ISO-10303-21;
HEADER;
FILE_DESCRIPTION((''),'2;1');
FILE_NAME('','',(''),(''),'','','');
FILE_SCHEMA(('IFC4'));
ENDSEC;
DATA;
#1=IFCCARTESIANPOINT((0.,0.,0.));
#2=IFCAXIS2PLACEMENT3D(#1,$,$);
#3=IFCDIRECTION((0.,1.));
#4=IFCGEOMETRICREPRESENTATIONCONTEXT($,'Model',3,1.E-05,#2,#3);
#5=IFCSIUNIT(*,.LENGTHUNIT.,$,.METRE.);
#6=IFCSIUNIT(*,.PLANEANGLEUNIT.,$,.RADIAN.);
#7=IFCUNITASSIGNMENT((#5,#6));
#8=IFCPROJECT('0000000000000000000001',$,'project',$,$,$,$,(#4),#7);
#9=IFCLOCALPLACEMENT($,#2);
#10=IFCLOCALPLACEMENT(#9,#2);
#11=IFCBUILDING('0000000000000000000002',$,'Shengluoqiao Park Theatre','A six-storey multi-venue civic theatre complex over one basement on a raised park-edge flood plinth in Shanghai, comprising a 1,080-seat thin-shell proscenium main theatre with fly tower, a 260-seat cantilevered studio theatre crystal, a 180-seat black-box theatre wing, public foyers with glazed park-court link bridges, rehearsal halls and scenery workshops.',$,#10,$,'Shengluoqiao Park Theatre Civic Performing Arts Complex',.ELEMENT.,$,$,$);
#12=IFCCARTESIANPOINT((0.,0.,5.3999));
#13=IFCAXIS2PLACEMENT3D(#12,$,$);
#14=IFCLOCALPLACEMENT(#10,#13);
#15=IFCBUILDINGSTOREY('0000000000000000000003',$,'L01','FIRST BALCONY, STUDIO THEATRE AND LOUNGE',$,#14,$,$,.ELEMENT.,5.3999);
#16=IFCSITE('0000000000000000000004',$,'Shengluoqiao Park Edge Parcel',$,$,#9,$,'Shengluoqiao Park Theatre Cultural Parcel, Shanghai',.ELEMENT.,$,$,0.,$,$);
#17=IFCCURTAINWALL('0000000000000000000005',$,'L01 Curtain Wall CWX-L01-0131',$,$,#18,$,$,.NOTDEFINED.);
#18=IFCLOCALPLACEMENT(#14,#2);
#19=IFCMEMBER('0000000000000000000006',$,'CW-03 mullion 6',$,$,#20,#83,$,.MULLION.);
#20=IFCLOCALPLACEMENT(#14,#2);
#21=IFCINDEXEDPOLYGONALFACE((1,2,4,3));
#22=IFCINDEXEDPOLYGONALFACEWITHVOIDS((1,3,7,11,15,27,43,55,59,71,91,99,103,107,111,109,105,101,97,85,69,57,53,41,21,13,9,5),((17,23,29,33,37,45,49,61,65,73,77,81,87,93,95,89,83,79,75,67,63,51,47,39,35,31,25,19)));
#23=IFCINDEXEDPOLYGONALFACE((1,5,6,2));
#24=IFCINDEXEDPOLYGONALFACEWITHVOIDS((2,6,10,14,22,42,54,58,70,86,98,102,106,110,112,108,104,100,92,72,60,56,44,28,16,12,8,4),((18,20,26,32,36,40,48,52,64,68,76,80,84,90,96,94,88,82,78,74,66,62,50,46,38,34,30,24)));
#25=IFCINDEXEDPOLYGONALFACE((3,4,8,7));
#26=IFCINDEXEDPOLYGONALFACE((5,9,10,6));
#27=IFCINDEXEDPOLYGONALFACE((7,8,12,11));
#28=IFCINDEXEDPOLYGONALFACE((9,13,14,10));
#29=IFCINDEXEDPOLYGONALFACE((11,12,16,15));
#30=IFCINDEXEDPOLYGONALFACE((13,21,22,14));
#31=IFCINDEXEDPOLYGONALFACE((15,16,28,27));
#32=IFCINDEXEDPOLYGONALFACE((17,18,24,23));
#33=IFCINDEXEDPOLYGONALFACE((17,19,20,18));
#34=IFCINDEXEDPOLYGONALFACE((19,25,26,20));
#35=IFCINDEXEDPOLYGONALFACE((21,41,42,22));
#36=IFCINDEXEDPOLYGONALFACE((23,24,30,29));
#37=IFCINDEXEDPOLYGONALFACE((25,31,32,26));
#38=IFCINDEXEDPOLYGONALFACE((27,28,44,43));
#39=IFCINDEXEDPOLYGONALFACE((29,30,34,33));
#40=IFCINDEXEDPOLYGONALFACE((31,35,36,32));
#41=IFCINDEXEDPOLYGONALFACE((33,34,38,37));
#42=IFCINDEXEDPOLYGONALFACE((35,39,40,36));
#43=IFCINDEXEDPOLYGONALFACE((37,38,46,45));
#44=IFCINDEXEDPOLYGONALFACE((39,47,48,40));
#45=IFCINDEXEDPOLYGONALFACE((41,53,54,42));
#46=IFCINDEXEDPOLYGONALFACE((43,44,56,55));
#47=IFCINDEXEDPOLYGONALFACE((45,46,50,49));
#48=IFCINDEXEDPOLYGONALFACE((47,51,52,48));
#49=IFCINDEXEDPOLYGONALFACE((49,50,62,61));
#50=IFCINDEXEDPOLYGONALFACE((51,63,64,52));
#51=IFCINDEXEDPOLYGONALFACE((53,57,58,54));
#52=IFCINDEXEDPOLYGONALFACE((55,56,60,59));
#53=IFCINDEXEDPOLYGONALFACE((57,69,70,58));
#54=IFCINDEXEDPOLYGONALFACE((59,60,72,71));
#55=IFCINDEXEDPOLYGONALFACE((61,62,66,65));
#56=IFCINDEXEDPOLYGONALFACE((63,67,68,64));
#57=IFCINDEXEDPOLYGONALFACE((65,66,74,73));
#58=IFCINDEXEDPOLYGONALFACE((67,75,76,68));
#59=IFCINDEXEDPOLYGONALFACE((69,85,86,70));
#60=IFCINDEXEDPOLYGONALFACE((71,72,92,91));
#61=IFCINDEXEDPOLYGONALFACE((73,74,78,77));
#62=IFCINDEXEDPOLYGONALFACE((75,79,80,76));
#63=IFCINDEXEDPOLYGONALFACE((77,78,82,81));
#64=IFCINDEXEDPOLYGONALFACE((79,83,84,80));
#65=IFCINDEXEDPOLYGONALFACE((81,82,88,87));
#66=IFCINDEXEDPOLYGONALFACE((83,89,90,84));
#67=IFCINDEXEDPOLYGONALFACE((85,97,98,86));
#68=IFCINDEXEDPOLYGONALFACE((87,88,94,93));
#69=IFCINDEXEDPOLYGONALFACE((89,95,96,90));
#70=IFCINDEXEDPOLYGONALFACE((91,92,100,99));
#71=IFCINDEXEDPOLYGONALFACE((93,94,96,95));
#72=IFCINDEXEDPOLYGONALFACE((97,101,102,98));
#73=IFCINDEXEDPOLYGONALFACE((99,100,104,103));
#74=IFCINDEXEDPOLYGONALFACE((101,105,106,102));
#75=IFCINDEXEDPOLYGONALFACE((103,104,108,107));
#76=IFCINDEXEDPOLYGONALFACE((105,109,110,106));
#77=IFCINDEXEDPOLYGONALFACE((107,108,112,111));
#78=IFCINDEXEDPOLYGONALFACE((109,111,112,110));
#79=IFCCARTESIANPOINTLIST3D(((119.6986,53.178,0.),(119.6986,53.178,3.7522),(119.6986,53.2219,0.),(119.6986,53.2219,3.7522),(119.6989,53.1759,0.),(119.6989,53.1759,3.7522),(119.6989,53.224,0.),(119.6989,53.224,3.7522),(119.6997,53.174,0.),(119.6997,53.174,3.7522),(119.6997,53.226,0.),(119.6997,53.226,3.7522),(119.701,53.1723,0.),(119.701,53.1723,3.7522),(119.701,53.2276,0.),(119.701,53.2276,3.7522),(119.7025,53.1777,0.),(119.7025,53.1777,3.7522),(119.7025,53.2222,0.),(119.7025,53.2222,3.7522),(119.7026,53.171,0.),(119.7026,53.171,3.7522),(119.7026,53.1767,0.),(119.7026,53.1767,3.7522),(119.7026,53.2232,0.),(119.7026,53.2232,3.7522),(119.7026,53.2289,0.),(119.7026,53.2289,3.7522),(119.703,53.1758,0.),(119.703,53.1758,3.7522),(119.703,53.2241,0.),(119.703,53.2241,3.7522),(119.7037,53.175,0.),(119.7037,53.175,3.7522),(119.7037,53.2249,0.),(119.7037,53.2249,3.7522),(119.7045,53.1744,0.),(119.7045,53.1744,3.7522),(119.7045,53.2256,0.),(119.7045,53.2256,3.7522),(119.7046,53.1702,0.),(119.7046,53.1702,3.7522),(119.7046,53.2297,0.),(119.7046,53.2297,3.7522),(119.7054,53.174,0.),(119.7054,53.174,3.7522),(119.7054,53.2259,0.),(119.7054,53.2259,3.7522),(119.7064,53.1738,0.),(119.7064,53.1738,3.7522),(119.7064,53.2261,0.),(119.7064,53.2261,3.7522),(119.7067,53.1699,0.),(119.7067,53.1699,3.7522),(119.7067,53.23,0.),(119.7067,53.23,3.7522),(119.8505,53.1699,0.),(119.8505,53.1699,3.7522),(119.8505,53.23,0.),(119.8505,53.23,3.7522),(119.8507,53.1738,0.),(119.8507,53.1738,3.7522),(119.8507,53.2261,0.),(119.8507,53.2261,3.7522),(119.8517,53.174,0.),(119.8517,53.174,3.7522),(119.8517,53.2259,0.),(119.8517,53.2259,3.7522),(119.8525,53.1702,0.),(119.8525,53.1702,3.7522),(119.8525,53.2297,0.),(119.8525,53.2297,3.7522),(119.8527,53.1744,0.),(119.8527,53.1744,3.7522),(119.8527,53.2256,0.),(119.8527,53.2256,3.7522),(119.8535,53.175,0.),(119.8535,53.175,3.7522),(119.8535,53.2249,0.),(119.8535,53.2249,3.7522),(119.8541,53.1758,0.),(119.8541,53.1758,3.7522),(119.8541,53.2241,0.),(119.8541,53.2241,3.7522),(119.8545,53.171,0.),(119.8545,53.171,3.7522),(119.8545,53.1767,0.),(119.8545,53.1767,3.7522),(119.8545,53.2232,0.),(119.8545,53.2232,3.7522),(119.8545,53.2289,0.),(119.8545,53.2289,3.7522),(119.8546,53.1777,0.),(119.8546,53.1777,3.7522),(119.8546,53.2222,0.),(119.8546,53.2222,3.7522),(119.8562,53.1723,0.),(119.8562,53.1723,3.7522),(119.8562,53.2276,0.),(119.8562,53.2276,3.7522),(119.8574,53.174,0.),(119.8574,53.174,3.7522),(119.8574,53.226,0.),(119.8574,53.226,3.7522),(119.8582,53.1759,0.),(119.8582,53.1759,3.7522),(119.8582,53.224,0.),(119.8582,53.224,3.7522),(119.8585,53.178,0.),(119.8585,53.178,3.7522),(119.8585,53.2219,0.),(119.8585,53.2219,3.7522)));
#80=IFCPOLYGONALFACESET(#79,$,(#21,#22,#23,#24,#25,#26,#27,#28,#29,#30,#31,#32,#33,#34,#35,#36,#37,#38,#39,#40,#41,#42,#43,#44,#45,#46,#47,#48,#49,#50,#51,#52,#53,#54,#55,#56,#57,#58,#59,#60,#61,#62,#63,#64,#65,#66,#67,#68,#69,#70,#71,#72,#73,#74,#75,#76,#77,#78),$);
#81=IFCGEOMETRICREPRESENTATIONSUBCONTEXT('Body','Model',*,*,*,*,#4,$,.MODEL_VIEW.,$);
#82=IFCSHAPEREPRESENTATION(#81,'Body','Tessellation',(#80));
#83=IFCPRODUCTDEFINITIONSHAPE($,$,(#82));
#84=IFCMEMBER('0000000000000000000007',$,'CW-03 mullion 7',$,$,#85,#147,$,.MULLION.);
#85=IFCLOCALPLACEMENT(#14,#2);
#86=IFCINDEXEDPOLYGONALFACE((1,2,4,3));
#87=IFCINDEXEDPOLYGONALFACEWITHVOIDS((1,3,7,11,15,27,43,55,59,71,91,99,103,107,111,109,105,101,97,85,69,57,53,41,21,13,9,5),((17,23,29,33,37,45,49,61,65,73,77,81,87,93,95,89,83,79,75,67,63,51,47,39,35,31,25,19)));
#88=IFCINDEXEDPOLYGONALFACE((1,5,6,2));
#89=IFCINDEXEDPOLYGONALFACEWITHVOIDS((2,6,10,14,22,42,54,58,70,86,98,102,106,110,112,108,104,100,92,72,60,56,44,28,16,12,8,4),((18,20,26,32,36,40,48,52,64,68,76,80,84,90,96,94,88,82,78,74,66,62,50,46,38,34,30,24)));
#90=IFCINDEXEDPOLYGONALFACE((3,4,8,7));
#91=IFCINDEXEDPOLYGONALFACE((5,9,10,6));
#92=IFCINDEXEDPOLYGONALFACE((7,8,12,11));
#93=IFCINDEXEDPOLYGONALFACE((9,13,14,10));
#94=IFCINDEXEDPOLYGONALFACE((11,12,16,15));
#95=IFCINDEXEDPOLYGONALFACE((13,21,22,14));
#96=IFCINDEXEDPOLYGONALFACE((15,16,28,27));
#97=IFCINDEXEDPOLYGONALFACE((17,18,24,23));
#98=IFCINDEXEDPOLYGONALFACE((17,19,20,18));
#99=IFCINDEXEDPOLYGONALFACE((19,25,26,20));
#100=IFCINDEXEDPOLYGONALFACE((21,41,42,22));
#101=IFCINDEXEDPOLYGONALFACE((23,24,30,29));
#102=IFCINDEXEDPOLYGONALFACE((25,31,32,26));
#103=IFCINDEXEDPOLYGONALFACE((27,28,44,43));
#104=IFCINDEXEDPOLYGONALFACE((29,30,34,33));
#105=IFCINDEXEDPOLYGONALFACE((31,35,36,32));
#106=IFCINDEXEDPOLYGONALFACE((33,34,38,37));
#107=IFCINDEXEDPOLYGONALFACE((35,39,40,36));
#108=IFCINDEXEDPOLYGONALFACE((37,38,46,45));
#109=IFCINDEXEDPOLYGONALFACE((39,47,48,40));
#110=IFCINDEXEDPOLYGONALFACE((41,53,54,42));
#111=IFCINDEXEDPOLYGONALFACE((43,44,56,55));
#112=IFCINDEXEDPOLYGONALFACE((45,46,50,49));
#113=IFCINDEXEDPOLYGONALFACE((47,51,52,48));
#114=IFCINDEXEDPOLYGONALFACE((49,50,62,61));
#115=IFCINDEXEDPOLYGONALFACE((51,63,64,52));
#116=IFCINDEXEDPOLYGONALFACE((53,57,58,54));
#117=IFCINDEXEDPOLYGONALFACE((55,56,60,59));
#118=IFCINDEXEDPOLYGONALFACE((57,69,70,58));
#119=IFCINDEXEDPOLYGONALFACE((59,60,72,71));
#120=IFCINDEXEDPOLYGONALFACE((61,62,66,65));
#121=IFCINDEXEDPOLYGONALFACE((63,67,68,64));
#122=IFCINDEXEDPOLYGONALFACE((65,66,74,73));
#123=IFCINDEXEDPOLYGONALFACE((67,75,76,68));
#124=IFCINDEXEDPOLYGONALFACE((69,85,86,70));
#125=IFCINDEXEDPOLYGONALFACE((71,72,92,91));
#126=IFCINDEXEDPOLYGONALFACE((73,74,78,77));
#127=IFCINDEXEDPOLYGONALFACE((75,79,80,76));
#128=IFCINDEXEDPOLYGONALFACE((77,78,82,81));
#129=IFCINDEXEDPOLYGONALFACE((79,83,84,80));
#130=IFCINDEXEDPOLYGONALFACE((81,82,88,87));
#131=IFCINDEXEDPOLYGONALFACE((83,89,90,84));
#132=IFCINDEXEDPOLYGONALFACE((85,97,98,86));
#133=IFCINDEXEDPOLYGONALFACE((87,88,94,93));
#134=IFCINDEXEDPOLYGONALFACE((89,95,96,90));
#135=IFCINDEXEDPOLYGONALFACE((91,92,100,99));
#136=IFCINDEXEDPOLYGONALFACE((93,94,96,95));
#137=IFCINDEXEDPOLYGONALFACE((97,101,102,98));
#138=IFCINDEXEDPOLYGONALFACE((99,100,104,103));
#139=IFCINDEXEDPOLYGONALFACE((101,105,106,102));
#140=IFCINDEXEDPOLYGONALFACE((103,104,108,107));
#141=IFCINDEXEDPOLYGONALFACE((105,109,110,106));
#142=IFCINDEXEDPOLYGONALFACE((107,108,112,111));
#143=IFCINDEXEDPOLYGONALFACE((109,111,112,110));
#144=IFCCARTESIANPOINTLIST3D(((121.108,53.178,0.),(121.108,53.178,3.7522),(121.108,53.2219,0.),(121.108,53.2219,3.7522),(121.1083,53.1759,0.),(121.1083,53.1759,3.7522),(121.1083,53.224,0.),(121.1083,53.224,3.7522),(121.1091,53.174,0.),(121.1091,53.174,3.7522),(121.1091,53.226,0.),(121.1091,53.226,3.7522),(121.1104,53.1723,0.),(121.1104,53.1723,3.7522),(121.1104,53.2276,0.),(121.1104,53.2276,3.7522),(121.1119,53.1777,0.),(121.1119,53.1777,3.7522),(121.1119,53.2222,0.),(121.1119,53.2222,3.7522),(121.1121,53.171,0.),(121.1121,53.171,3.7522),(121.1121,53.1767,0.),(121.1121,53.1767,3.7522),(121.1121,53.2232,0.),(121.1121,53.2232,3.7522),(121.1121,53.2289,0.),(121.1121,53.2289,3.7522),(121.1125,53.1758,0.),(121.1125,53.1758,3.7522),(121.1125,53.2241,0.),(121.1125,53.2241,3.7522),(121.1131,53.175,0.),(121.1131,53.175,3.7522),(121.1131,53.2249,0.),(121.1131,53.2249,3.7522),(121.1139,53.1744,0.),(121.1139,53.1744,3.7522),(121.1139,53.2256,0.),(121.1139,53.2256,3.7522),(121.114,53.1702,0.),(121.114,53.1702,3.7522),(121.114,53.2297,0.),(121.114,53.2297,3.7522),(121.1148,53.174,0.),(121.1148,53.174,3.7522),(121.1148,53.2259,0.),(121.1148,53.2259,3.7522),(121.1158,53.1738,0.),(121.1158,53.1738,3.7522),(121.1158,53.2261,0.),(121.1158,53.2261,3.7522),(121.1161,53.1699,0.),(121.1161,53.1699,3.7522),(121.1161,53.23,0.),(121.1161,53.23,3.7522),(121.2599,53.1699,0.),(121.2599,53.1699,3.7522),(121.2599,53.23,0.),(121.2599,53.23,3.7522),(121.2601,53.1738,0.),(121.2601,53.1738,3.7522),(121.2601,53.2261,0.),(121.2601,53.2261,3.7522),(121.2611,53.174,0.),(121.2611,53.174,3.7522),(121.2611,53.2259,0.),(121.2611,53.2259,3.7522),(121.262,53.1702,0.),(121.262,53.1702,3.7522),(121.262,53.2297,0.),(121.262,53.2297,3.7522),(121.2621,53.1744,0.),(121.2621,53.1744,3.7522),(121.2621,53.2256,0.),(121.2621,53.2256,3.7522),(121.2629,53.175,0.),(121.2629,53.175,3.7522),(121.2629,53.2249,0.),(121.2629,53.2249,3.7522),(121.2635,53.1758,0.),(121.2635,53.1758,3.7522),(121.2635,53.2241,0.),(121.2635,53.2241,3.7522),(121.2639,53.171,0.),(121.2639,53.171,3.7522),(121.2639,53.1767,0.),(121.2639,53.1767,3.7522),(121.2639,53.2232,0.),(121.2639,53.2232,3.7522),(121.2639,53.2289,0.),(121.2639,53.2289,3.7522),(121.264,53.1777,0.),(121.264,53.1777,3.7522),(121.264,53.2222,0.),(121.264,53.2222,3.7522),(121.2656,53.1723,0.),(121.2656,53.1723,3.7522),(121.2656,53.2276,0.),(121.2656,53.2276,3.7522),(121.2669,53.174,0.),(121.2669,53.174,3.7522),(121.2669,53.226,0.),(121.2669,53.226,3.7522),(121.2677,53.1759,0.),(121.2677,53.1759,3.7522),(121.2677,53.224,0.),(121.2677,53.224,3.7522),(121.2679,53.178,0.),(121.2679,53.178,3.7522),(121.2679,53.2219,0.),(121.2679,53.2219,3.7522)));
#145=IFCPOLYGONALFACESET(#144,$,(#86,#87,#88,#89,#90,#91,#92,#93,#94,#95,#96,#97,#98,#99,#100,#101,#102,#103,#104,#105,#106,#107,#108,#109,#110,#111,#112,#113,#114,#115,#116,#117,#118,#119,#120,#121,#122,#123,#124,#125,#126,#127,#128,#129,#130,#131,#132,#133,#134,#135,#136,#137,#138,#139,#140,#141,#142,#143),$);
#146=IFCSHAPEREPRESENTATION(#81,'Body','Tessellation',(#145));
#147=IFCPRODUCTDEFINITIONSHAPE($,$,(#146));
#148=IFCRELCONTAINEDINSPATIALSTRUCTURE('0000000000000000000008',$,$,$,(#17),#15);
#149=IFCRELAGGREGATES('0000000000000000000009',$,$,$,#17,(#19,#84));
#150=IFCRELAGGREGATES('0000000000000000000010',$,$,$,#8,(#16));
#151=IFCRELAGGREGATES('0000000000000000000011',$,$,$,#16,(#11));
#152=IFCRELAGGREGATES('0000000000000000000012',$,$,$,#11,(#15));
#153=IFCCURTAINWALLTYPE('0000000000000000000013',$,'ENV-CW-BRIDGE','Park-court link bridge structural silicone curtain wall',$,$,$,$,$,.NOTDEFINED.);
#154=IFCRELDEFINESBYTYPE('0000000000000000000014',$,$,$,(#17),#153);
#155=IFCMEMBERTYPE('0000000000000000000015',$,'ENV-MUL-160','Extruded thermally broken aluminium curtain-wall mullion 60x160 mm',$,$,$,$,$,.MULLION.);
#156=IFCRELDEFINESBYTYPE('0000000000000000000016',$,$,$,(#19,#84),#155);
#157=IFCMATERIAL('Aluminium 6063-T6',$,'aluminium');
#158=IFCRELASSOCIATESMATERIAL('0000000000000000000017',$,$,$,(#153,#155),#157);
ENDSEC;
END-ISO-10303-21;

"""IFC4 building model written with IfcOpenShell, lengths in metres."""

from ifc_helpers import new_model, si_unit, direction, frame, origin, origin_2d, place, context, subcontext, project, spatial, hollow_rectangle, extrude, material, material_profile, profile_set, type_object, element, aggregate, save


model = new_model("IFC4")

# Units and contexts
model_context = context("Model", 3, precision=1e-05, world=origin(), true_north=direction((0.0, 1.0)))
body_context = subcontext(model_context, "Body", "Model", "MODEL_VIEW")
ifc_project = project(units=[si_unit("LENGTHUNIT", "METRE"), si_unit("PLANEANGLEUNIT", "RADIAN")], contexts=[model_context])

# Site, building, storey
site_placement = place(None, origin())
site = spatial("IfcSite", under=ifc_project, at=site_placement, Name="Shengluoqiao Park Edge Parcel", LongName="Shengluoqiao Park Theatre Cultural Parcel, Shanghai", CompositionType="ELEMENT", RefElevation=0.0)
building_placement = place(site_placement, origin())
building = spatial("IfcBuilding", under=site, at=building_placement, Name="Shengluoqiao Park Theatre", Description="A six-storey multi-venue civic theatre complex over one basement on a raised park-edge flood plinth in Shanghai, comprising a 1,080-seat thin-shell proscenium main theatre with fly tower, a 260-seat cantilevered studio theatre crystal, a 180-seat black-box theatre wing, public foyers with glazed park-court link bridges, rehearsal halls and scenery workshops.", LongName="Shengluoqiao Park Theatre Civic Performing Arts Complex", CompositionType="ELEMENT")
storey_placement = place(building_placement, frame((0.0, 0.0, 5.3999)))
storey = spatial("IfcBuildingStorey", under=building, at=storey_placement, Name="L01", Description="FIRST BALCONY, STUDIO THEATRE AND LOUNGE", CompositionType="ELEMENT", Elevation=5.3999)

# Curtain wall, members
ifc_material_1 = material(Name="Aluminium 6063-T6", Category="aluminium")
curtain_wall_type = type_object("IfcCurtainWallType", Name="ENV-CW-BRIDGE", Description="Park-court link bridge structural silicone curtain wall", PredefinedType="NOTDEFINED", material=ifc_material_1)
curtain_wall_1_placement = place(storey_placement, origin())
curtain_wall_1 = element("IfcCurtainWall", 1, at=curtain_wall_1_placement, inside=storey, type_object=curtain_wall_type, Name="L01 Curtain Wall CWX-L01-0131", PredefinedType="NOTDEFINED")
ifc_material_profile_1 = material_profile(ifc_material_1, hollow_rectangle(XDim=0.0601, YDim=0.1599, WallThickness=0.0039, InnerFilletRadius=0.0039, OuterFilletRadius=0.0081, at=origin_2d()), Name="ALU MULLION 160x60x4")
ifc_profile_set_1 = profile_set([ifc_material_profile_1], Name="Aluminium 6063-T6")
member_type_1 = type_object("IfcMemberType", Name="ENV-MUL-160", Description="Extruded thermally broken aluminium curtain-wall mullion 60x160 mm", PredefinedType="MULLION", material=ifc_profile_set_1)
member_1_placement = place(storey_placement, frame((119.7786, 53.2, 0.0), z_axis=(0.0, 0.0, 1.0), x_axis=(0.0, 1.0, 0.0)))
member_1 = element("IfcMember", 2, at=member_1_placement, type_object=member_type_1, Name="CW-03 mullion 6", PredefinedType="MULLION", context=body_context, shape_type="SweptSolid", body=[
    extrude(hollow_rectangle(XDim=0.0601, YDim=0.1599, WallThickness=0.0039, InnerFilletRadius=0.0039, OuterFilletRadius=0.0081, at=origin_2d()), origin(), (0.0, 0.0, 1.0), 3.7522),
])
member_2_placement = place(storey_placement, frame((121.188, 53.2, 0.0), z_axis=(0.0, 0.0, 1.0), x_axis=(0.0, 1.0, 0.0)))
member_2 = element("IfcMember", 3, at=member_2_placement, type_object=member_type_1, Name="CW-03 mullion 7", PredefinedType="MULLION", context=body_context, shape_type="SweptSolid", body=[
    extrude(hollow_rectangle(XDim=0.0601, YDim=0.1599, WallThickness=0.0039, InnerFilletRadius=0.0039, OuterFilletRadius=0.0081, at=origin_2d()), origin(), (0.0, 0.0, 1.0), 3.7522),
])

aggregate(curtain_wall_1, [member_1, member_2])

save(model, "model.ifc")
